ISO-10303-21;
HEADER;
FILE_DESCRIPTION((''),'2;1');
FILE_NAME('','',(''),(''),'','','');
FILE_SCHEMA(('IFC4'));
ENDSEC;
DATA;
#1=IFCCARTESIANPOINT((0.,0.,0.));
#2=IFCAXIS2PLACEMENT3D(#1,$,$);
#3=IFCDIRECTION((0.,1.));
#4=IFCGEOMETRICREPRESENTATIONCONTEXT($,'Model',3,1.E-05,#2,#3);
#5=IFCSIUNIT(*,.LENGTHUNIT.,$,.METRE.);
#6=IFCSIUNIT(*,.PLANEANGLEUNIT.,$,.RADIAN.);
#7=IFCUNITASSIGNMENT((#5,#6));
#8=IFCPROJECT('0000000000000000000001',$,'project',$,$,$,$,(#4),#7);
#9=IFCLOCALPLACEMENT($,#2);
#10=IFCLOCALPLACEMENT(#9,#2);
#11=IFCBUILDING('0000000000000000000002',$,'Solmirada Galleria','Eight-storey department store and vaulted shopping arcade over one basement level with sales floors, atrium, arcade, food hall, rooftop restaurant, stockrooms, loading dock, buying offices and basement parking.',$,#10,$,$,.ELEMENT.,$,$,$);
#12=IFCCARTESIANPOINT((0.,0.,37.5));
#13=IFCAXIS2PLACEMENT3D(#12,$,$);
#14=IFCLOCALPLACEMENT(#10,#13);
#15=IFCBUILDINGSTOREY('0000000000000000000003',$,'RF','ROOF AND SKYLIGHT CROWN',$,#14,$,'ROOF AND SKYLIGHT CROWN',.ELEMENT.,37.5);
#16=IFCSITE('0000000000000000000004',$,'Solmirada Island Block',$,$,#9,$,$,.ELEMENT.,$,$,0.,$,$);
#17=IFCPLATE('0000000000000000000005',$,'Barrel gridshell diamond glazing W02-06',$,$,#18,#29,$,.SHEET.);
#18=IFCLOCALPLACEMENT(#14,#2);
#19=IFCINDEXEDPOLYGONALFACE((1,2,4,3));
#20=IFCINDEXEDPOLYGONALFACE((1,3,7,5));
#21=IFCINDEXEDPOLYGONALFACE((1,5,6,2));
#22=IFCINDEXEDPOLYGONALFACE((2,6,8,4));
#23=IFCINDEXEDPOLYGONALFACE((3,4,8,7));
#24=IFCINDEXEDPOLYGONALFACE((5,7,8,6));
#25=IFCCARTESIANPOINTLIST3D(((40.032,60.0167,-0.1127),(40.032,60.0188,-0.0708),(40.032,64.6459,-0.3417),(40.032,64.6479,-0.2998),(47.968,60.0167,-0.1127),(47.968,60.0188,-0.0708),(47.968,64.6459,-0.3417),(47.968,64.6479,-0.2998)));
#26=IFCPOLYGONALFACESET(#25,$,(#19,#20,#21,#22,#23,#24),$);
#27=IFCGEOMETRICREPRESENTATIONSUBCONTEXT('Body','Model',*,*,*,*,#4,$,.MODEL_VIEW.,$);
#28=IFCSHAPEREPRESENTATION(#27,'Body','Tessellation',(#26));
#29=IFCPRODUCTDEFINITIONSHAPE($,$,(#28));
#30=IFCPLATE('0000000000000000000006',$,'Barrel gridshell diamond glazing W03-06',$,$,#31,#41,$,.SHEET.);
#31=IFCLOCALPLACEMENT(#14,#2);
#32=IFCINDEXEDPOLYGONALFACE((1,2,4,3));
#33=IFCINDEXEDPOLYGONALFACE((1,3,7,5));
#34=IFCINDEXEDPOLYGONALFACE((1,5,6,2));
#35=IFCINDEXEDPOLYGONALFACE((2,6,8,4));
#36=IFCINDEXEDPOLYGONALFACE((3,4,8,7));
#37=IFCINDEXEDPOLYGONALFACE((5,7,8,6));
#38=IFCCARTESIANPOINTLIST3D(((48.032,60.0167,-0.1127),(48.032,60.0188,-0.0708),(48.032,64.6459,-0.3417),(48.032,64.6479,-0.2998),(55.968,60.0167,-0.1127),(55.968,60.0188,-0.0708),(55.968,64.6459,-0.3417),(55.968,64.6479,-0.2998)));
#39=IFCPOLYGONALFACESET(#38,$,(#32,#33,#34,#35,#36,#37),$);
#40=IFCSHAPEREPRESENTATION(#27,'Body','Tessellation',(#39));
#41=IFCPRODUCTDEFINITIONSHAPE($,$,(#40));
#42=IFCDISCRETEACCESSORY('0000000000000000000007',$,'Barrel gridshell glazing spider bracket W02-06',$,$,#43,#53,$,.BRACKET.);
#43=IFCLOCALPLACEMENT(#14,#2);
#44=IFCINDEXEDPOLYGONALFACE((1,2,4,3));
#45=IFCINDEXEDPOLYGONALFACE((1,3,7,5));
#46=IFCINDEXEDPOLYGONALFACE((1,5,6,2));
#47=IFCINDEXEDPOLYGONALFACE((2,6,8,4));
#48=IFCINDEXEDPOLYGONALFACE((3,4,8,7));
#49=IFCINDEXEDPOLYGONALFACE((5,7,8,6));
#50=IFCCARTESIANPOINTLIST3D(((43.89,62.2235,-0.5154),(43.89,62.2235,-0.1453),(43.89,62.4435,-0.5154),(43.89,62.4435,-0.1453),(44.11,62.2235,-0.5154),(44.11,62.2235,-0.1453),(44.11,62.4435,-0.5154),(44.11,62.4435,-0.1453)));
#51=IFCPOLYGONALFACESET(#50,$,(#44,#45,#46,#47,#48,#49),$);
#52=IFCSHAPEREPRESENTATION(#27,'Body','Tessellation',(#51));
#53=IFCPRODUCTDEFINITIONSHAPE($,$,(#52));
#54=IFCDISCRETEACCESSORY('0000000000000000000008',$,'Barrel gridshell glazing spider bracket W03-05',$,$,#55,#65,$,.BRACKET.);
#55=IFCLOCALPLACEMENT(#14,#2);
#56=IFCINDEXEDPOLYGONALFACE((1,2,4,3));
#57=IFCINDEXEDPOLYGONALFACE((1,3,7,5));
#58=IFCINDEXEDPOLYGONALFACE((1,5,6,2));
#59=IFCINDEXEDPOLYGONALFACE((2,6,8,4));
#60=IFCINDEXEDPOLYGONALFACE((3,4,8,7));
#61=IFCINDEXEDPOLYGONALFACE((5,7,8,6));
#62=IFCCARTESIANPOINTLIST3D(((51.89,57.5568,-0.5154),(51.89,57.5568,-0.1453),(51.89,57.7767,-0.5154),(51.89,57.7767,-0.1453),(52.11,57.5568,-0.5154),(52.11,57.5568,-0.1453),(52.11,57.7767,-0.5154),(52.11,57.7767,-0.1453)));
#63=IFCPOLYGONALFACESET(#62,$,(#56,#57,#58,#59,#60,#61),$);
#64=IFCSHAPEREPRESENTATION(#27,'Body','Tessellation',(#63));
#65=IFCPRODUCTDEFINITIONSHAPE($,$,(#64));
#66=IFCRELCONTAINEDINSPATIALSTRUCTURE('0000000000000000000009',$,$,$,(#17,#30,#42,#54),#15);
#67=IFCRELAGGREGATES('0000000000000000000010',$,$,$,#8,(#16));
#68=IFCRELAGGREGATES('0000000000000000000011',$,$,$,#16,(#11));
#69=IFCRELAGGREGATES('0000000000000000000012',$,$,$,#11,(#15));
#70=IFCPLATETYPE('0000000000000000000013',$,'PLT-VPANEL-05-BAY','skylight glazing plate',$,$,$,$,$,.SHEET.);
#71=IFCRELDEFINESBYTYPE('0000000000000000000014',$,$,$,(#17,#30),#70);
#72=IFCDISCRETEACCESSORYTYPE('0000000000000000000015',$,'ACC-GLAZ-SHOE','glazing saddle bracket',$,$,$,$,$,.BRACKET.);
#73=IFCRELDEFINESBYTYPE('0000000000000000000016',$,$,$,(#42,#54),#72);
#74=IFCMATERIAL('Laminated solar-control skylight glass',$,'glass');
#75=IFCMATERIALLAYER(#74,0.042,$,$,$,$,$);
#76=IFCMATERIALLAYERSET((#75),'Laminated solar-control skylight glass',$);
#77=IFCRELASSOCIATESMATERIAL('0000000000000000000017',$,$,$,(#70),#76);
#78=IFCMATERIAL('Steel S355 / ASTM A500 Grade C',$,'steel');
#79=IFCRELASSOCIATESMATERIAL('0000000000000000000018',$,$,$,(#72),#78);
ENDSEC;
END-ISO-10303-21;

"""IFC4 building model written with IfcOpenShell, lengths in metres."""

from ifc_helpers import new_model, si_unit, direction, frame, origin, origin_2d, place, context, subcontext, project, spatial, polyline, rectangle, outline, extrude, material, layer, layer_set, type_object, element, save


model = new_model("IFC4")

# Units and contexts
model_context = context("Model", 3, precision=1e-05, world=origin(), true_north=direction((0.0, 1.0)))
body_context = subcontext(model_context, "Body", "Model", "MODEL_VIEW")
ifc_project = project(units=[si_unit("LENGTHUNIT", "METRE"), si_unit("PLANEANGLEUNIT", "RADIAN")], contexts=[model_context])

# Site, building, storey
site_placement = place(None, origin())
site = spatial("IfcSite", under=ifc_project, at=site_placement, Name="Solmirada Island Block", CompositionType="ELEMENT", RefElevation=0.0)
building_placement = place(site_placement, origin())
building = spatial("IfcBuilding", under=site, at=building_placement, Name="Solmirada Galleria", Description="Eight-storey department store and vaulted shopping arcade over one basement level with sales floors, atrium, arcade, food hall, rooftop restaurant, stockrooms, loading dock, buying offices and basement parking.", CompositionType="ELEMENT")
storey_placement = place(building_placement, frame((0.0, 0.0, 37.5)))
storey = spatial("IfcBuildingStorey", under=building, at=storey_placement, Name="RF", Description="ROOF AND SKYLIGHT CROWN", LongName="ROOF AND SKYLIGHT CROWN", CompositionType="ELEMENT", Elevation=37.5)

# Shared definitions
ifc_material_1 = material(Name="Steel S355 / ASTM A500 Grade C", Category="steel")

# Plates
ifc_material_2 = material(Name="Laminated solar-control skylight glass", Category="glass")
ifc_layer_1 = layer(ifc_material_2, 0.042)
ifc_layer_set_1 = layer_set([ifc_layer_1], Name="Laminated solar-control skylight glass")
plate_type_1 = type_object("IfcPlateType", Name="PLT-VPANEL-05-BAY", Description="skylight glazing plate", PredefinedType="SHEET", material=ifc_layer_set_1)
for number, where, z_axis, x_axis, name in (
    (1, (40.032, 60.0188, -0.0708), (0.0, 0.04941, 0.998779), (1.0, 0.0, 0.0), "Barrel gridshell diamond glazing W02-06"),
    (2, (48.032, 60.0188, -0.0708), (0.0, 0.04941, 0.998779), (1.0, 0.0, 0.0), "Barrel gridshell diamond glazing W03-06"),
):
    element("IfcPlate", number, at=place(storey_placement, frame(where, z_axis=z_axis, x_axis=x_axis)), inside=storey, type_object=plate_type_1, Name=name, PredefinedType="SHEET", context=body_context, shape_type="SweptSolid", body=[
        extrude(outline(polyline([(0.0, 0.0), (7.936, 0.0), (7.936, 4.6348), (0.0, 4.6348), (0.0, 0.0)])), origin(), (0.0, 0.0, -1.0), 0.042),
    ])

# Discrete accessories
discrete_accessory_type = type_object("IfcDiscreteAccessoryType", Name="ACC-GLAZ-SHOE", Description="glazing saddle bracket", PredefinedType="BRACKET", material=ifc_material_1)
for number, where, z_axis, x_axis, name in (
    (3, (44.0, 62.3335, -0.5154), (0.0, 0.0, 1.0), (1.0, 0.0, 0.0), "Barrel gridshell glazing spider bracket W02-06"),
    (4, (52.0, 57.6667, -0.5154), (0.0, 0.0, 1.0), (1.0, 0.0, 0.0), "Barrel gridshell glazing spider bracket W03-05"),
):
    element("IfcDiscreteAccessory", number, at=place(storey_placement, frame(where, z_axis=z_axis, x_axis=x_axis)), inside=storey, type_object=discrete_accessory_type, Name=name, PredefinedType="BRACKET", context=body_context, shape_type="SweptSolid", body=[
        extrude(rectangle(XDim=0.22, YDim=0.22, at=origin_2d()), origin(), (0.0, 0.0, 1.0), 0.3701),
    ])

save(model, "model.ifc")
